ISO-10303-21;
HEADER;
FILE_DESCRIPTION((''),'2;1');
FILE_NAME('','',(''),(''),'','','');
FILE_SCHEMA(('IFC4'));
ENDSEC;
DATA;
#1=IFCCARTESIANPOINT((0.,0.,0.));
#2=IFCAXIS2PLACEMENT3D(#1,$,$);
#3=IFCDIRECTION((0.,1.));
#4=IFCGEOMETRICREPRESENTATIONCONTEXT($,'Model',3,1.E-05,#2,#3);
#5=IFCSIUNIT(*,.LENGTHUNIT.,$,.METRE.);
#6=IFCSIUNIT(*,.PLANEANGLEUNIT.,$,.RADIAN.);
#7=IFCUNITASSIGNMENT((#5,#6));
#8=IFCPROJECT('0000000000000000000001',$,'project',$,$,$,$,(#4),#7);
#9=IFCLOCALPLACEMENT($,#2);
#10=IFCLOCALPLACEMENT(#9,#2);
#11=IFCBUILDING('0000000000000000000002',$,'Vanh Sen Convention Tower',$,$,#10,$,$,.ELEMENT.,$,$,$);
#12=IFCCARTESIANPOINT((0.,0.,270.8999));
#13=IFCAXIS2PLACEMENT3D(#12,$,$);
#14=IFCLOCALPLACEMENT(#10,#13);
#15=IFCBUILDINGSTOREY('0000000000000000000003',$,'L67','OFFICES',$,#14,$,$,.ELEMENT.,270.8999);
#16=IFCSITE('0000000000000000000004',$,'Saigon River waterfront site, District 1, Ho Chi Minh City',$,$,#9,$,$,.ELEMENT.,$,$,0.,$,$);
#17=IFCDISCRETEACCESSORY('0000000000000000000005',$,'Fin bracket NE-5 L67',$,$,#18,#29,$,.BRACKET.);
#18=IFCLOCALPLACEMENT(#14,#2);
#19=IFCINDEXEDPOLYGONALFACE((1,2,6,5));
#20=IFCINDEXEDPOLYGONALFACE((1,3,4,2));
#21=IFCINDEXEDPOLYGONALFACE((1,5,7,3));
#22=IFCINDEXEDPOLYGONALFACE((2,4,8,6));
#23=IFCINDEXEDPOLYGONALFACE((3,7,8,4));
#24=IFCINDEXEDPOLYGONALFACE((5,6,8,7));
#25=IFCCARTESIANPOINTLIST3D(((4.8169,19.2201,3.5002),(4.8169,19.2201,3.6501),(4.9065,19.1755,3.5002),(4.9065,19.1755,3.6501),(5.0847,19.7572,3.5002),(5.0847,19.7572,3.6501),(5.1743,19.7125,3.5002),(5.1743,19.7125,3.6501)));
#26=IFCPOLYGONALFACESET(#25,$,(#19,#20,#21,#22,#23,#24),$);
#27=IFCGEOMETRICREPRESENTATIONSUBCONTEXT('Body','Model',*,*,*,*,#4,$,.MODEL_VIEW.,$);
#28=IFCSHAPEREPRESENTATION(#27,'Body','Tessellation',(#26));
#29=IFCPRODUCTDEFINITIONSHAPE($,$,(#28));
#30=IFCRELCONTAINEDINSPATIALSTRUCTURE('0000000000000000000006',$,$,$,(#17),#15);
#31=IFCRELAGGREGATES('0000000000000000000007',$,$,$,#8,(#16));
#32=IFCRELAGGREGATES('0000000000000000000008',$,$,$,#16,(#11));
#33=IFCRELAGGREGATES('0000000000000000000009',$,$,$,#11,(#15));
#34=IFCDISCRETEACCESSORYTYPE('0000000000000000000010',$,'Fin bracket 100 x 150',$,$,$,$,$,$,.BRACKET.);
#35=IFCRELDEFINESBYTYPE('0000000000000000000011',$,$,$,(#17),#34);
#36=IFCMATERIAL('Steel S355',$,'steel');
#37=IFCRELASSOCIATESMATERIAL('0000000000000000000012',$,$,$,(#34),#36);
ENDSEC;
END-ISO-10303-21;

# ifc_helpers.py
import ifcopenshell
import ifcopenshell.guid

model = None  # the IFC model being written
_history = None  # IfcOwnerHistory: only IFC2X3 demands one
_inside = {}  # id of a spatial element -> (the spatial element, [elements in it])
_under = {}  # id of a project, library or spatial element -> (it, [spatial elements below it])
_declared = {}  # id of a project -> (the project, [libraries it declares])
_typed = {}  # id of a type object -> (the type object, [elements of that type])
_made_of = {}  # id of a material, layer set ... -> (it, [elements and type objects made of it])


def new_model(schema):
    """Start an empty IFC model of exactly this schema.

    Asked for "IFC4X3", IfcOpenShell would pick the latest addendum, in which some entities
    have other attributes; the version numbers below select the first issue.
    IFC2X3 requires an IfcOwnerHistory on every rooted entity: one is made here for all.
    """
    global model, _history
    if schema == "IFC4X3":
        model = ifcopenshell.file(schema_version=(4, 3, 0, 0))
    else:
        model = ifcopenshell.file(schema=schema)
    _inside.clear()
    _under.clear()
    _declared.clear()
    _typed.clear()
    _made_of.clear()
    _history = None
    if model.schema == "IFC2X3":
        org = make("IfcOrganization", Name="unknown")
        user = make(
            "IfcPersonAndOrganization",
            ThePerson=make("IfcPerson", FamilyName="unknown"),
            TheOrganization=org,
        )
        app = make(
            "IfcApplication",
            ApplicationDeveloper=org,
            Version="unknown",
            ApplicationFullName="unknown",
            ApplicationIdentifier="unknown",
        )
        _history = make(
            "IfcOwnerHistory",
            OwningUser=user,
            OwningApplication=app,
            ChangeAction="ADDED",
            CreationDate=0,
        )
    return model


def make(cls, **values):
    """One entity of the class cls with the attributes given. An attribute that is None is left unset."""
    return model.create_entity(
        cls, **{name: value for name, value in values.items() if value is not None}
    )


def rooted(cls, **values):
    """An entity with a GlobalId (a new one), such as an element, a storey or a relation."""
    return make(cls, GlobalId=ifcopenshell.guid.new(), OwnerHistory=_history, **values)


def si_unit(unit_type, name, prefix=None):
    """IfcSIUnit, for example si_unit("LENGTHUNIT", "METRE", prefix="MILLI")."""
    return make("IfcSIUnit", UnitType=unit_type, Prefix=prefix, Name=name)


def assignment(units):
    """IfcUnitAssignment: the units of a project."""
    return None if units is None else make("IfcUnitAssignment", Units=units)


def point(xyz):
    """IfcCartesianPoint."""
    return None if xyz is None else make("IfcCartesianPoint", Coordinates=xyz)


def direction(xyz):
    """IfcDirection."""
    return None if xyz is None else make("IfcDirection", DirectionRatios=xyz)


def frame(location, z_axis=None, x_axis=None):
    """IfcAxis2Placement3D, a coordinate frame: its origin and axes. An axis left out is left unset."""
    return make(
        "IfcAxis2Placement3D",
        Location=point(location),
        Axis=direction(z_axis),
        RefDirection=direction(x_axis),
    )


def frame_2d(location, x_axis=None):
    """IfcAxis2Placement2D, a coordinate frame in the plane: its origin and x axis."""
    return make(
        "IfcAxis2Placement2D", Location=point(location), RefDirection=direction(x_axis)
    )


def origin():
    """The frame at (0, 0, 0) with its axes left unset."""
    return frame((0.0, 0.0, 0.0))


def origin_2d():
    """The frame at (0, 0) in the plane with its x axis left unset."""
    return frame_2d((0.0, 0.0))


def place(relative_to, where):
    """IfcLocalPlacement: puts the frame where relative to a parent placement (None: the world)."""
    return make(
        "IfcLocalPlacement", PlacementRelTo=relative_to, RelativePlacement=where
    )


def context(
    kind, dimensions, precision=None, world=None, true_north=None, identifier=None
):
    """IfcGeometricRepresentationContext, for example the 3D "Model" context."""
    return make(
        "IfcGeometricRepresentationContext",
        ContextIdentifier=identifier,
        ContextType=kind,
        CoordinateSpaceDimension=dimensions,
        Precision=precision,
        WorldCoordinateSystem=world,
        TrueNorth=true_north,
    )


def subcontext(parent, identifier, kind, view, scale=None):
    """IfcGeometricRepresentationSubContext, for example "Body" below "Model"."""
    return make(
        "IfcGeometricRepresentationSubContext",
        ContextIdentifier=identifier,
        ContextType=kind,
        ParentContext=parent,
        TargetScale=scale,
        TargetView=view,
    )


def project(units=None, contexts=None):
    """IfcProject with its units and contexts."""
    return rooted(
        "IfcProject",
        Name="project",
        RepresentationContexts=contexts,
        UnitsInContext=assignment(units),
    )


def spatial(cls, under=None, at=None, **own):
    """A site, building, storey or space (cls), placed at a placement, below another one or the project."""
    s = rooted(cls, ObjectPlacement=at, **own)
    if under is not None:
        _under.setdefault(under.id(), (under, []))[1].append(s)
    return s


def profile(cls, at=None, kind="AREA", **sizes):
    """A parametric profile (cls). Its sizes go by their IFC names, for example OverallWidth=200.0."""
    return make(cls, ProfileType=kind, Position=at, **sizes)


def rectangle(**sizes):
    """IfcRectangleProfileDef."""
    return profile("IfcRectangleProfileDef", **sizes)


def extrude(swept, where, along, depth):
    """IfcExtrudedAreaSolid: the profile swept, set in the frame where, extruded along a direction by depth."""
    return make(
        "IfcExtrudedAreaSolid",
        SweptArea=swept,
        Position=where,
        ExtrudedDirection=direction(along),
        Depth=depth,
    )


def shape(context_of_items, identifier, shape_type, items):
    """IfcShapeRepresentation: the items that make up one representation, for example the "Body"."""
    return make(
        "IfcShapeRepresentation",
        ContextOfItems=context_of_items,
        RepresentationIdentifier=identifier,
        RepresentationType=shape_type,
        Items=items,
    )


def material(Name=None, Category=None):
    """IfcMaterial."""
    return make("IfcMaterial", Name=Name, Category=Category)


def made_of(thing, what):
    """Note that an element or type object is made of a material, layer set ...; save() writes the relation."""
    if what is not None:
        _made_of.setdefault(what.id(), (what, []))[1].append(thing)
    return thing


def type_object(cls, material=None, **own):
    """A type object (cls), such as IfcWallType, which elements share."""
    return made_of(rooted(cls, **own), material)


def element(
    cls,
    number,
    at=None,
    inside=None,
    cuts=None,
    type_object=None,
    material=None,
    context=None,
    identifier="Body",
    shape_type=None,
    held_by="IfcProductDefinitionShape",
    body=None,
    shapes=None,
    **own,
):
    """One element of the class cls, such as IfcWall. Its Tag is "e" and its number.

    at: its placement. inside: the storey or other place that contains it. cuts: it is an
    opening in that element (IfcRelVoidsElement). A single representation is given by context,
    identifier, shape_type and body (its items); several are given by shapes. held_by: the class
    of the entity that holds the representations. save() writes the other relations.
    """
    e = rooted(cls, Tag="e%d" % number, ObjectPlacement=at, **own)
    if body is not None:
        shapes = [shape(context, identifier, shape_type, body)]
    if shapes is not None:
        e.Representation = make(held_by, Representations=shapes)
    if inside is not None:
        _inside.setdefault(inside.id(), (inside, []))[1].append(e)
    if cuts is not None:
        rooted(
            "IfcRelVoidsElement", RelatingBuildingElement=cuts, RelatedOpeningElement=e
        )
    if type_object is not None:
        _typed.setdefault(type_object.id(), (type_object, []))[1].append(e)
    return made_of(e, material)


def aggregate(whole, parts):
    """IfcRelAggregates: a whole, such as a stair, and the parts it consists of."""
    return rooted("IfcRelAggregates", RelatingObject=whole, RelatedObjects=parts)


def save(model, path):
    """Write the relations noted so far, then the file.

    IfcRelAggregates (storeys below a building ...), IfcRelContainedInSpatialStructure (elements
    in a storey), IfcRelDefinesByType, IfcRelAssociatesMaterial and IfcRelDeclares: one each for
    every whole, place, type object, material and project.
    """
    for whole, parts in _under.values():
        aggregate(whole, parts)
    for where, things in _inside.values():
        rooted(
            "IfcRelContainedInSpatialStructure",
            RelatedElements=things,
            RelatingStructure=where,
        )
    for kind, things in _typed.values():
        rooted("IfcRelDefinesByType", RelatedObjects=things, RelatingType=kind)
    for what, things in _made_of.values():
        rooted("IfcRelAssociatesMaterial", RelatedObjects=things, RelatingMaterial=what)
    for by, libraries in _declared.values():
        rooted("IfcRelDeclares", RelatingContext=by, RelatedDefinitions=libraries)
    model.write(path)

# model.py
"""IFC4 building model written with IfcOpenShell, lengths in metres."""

from ifc_helpers import new_model, si_unit, direction, frame, origin, origin_2d, place, context, subcontext, project, spatial, rectangle, extrude, material, type_object, element, save


model = new_model("IFC4")

# Units and contexts
model_context = context("Model", 3, precision=1e-05, world=origin(), true_north=direction((0.0, 1.0)))
body_context = subcontext(model_context, "Body", "Model", "MODEL_VIEW")
ifc_project = project(units=[si_unit("LENGTHUNIT", "METRE"), si_unit("PLANEANGLEUNIT", "RADIAN")], contexts=[model_context])

# Site, building, storey
site_placement = place(None, origin())
site = spatial("IfcSite", under=ifc_project, at=site_placement, Name="Saigon River waterfront site, District 1, Ho Chi Minh City", CompositionType="ELEMENT", RefElevation=0.0)
building_placement = place(site_placement, origin())
building = spatial("IfcBuilding", under=site, at=building_placement, Name="Vanh Sen Convention Tower", CompositionType="ELEMENT")
storey_placement = place(building_placement, frame((0.0, 0.0, 270.8999)))
storey = spatial("IfcBuildingStorey", under=building, at=storey_placement, Name="L67", Description="OFFICES", CompositionType="ELEMENT", Elevation=270.8999)

# Discrete accessory
ifc_material_1 = material(Name="Steel S355", Category="steel")
discrete_accessory_type = type_object("IfcDiscreteAccessoryType", Name="Fin bracket 100 x 150", PredefinedType="BRACKET", material=ifc_material_1)
discrete_accessory_placement = place(storey_placement, frame((4.9956, 19.4663, 3.5002), z_axis=(0.0, 0.0, 1.0), x_axis=(0.446198, 0.894934, 0.0)))
element("IfcDiscreteAccessory", 1, at=discrete_accessory_placement, inside=storey, type_object=discrete_accessory_type, Name="Fin bracket NE-5 L67", PredefinedType="BRACKET", context=body_context, shape_type="SweptSolid", body=[
    extrude(rectangle(XDim=0.6001, YDim=0.1001, at=origin_2d()), origin(), (0.0, 0.0, 1.0), 0.1499),
])

save(model, "model.ifc")
